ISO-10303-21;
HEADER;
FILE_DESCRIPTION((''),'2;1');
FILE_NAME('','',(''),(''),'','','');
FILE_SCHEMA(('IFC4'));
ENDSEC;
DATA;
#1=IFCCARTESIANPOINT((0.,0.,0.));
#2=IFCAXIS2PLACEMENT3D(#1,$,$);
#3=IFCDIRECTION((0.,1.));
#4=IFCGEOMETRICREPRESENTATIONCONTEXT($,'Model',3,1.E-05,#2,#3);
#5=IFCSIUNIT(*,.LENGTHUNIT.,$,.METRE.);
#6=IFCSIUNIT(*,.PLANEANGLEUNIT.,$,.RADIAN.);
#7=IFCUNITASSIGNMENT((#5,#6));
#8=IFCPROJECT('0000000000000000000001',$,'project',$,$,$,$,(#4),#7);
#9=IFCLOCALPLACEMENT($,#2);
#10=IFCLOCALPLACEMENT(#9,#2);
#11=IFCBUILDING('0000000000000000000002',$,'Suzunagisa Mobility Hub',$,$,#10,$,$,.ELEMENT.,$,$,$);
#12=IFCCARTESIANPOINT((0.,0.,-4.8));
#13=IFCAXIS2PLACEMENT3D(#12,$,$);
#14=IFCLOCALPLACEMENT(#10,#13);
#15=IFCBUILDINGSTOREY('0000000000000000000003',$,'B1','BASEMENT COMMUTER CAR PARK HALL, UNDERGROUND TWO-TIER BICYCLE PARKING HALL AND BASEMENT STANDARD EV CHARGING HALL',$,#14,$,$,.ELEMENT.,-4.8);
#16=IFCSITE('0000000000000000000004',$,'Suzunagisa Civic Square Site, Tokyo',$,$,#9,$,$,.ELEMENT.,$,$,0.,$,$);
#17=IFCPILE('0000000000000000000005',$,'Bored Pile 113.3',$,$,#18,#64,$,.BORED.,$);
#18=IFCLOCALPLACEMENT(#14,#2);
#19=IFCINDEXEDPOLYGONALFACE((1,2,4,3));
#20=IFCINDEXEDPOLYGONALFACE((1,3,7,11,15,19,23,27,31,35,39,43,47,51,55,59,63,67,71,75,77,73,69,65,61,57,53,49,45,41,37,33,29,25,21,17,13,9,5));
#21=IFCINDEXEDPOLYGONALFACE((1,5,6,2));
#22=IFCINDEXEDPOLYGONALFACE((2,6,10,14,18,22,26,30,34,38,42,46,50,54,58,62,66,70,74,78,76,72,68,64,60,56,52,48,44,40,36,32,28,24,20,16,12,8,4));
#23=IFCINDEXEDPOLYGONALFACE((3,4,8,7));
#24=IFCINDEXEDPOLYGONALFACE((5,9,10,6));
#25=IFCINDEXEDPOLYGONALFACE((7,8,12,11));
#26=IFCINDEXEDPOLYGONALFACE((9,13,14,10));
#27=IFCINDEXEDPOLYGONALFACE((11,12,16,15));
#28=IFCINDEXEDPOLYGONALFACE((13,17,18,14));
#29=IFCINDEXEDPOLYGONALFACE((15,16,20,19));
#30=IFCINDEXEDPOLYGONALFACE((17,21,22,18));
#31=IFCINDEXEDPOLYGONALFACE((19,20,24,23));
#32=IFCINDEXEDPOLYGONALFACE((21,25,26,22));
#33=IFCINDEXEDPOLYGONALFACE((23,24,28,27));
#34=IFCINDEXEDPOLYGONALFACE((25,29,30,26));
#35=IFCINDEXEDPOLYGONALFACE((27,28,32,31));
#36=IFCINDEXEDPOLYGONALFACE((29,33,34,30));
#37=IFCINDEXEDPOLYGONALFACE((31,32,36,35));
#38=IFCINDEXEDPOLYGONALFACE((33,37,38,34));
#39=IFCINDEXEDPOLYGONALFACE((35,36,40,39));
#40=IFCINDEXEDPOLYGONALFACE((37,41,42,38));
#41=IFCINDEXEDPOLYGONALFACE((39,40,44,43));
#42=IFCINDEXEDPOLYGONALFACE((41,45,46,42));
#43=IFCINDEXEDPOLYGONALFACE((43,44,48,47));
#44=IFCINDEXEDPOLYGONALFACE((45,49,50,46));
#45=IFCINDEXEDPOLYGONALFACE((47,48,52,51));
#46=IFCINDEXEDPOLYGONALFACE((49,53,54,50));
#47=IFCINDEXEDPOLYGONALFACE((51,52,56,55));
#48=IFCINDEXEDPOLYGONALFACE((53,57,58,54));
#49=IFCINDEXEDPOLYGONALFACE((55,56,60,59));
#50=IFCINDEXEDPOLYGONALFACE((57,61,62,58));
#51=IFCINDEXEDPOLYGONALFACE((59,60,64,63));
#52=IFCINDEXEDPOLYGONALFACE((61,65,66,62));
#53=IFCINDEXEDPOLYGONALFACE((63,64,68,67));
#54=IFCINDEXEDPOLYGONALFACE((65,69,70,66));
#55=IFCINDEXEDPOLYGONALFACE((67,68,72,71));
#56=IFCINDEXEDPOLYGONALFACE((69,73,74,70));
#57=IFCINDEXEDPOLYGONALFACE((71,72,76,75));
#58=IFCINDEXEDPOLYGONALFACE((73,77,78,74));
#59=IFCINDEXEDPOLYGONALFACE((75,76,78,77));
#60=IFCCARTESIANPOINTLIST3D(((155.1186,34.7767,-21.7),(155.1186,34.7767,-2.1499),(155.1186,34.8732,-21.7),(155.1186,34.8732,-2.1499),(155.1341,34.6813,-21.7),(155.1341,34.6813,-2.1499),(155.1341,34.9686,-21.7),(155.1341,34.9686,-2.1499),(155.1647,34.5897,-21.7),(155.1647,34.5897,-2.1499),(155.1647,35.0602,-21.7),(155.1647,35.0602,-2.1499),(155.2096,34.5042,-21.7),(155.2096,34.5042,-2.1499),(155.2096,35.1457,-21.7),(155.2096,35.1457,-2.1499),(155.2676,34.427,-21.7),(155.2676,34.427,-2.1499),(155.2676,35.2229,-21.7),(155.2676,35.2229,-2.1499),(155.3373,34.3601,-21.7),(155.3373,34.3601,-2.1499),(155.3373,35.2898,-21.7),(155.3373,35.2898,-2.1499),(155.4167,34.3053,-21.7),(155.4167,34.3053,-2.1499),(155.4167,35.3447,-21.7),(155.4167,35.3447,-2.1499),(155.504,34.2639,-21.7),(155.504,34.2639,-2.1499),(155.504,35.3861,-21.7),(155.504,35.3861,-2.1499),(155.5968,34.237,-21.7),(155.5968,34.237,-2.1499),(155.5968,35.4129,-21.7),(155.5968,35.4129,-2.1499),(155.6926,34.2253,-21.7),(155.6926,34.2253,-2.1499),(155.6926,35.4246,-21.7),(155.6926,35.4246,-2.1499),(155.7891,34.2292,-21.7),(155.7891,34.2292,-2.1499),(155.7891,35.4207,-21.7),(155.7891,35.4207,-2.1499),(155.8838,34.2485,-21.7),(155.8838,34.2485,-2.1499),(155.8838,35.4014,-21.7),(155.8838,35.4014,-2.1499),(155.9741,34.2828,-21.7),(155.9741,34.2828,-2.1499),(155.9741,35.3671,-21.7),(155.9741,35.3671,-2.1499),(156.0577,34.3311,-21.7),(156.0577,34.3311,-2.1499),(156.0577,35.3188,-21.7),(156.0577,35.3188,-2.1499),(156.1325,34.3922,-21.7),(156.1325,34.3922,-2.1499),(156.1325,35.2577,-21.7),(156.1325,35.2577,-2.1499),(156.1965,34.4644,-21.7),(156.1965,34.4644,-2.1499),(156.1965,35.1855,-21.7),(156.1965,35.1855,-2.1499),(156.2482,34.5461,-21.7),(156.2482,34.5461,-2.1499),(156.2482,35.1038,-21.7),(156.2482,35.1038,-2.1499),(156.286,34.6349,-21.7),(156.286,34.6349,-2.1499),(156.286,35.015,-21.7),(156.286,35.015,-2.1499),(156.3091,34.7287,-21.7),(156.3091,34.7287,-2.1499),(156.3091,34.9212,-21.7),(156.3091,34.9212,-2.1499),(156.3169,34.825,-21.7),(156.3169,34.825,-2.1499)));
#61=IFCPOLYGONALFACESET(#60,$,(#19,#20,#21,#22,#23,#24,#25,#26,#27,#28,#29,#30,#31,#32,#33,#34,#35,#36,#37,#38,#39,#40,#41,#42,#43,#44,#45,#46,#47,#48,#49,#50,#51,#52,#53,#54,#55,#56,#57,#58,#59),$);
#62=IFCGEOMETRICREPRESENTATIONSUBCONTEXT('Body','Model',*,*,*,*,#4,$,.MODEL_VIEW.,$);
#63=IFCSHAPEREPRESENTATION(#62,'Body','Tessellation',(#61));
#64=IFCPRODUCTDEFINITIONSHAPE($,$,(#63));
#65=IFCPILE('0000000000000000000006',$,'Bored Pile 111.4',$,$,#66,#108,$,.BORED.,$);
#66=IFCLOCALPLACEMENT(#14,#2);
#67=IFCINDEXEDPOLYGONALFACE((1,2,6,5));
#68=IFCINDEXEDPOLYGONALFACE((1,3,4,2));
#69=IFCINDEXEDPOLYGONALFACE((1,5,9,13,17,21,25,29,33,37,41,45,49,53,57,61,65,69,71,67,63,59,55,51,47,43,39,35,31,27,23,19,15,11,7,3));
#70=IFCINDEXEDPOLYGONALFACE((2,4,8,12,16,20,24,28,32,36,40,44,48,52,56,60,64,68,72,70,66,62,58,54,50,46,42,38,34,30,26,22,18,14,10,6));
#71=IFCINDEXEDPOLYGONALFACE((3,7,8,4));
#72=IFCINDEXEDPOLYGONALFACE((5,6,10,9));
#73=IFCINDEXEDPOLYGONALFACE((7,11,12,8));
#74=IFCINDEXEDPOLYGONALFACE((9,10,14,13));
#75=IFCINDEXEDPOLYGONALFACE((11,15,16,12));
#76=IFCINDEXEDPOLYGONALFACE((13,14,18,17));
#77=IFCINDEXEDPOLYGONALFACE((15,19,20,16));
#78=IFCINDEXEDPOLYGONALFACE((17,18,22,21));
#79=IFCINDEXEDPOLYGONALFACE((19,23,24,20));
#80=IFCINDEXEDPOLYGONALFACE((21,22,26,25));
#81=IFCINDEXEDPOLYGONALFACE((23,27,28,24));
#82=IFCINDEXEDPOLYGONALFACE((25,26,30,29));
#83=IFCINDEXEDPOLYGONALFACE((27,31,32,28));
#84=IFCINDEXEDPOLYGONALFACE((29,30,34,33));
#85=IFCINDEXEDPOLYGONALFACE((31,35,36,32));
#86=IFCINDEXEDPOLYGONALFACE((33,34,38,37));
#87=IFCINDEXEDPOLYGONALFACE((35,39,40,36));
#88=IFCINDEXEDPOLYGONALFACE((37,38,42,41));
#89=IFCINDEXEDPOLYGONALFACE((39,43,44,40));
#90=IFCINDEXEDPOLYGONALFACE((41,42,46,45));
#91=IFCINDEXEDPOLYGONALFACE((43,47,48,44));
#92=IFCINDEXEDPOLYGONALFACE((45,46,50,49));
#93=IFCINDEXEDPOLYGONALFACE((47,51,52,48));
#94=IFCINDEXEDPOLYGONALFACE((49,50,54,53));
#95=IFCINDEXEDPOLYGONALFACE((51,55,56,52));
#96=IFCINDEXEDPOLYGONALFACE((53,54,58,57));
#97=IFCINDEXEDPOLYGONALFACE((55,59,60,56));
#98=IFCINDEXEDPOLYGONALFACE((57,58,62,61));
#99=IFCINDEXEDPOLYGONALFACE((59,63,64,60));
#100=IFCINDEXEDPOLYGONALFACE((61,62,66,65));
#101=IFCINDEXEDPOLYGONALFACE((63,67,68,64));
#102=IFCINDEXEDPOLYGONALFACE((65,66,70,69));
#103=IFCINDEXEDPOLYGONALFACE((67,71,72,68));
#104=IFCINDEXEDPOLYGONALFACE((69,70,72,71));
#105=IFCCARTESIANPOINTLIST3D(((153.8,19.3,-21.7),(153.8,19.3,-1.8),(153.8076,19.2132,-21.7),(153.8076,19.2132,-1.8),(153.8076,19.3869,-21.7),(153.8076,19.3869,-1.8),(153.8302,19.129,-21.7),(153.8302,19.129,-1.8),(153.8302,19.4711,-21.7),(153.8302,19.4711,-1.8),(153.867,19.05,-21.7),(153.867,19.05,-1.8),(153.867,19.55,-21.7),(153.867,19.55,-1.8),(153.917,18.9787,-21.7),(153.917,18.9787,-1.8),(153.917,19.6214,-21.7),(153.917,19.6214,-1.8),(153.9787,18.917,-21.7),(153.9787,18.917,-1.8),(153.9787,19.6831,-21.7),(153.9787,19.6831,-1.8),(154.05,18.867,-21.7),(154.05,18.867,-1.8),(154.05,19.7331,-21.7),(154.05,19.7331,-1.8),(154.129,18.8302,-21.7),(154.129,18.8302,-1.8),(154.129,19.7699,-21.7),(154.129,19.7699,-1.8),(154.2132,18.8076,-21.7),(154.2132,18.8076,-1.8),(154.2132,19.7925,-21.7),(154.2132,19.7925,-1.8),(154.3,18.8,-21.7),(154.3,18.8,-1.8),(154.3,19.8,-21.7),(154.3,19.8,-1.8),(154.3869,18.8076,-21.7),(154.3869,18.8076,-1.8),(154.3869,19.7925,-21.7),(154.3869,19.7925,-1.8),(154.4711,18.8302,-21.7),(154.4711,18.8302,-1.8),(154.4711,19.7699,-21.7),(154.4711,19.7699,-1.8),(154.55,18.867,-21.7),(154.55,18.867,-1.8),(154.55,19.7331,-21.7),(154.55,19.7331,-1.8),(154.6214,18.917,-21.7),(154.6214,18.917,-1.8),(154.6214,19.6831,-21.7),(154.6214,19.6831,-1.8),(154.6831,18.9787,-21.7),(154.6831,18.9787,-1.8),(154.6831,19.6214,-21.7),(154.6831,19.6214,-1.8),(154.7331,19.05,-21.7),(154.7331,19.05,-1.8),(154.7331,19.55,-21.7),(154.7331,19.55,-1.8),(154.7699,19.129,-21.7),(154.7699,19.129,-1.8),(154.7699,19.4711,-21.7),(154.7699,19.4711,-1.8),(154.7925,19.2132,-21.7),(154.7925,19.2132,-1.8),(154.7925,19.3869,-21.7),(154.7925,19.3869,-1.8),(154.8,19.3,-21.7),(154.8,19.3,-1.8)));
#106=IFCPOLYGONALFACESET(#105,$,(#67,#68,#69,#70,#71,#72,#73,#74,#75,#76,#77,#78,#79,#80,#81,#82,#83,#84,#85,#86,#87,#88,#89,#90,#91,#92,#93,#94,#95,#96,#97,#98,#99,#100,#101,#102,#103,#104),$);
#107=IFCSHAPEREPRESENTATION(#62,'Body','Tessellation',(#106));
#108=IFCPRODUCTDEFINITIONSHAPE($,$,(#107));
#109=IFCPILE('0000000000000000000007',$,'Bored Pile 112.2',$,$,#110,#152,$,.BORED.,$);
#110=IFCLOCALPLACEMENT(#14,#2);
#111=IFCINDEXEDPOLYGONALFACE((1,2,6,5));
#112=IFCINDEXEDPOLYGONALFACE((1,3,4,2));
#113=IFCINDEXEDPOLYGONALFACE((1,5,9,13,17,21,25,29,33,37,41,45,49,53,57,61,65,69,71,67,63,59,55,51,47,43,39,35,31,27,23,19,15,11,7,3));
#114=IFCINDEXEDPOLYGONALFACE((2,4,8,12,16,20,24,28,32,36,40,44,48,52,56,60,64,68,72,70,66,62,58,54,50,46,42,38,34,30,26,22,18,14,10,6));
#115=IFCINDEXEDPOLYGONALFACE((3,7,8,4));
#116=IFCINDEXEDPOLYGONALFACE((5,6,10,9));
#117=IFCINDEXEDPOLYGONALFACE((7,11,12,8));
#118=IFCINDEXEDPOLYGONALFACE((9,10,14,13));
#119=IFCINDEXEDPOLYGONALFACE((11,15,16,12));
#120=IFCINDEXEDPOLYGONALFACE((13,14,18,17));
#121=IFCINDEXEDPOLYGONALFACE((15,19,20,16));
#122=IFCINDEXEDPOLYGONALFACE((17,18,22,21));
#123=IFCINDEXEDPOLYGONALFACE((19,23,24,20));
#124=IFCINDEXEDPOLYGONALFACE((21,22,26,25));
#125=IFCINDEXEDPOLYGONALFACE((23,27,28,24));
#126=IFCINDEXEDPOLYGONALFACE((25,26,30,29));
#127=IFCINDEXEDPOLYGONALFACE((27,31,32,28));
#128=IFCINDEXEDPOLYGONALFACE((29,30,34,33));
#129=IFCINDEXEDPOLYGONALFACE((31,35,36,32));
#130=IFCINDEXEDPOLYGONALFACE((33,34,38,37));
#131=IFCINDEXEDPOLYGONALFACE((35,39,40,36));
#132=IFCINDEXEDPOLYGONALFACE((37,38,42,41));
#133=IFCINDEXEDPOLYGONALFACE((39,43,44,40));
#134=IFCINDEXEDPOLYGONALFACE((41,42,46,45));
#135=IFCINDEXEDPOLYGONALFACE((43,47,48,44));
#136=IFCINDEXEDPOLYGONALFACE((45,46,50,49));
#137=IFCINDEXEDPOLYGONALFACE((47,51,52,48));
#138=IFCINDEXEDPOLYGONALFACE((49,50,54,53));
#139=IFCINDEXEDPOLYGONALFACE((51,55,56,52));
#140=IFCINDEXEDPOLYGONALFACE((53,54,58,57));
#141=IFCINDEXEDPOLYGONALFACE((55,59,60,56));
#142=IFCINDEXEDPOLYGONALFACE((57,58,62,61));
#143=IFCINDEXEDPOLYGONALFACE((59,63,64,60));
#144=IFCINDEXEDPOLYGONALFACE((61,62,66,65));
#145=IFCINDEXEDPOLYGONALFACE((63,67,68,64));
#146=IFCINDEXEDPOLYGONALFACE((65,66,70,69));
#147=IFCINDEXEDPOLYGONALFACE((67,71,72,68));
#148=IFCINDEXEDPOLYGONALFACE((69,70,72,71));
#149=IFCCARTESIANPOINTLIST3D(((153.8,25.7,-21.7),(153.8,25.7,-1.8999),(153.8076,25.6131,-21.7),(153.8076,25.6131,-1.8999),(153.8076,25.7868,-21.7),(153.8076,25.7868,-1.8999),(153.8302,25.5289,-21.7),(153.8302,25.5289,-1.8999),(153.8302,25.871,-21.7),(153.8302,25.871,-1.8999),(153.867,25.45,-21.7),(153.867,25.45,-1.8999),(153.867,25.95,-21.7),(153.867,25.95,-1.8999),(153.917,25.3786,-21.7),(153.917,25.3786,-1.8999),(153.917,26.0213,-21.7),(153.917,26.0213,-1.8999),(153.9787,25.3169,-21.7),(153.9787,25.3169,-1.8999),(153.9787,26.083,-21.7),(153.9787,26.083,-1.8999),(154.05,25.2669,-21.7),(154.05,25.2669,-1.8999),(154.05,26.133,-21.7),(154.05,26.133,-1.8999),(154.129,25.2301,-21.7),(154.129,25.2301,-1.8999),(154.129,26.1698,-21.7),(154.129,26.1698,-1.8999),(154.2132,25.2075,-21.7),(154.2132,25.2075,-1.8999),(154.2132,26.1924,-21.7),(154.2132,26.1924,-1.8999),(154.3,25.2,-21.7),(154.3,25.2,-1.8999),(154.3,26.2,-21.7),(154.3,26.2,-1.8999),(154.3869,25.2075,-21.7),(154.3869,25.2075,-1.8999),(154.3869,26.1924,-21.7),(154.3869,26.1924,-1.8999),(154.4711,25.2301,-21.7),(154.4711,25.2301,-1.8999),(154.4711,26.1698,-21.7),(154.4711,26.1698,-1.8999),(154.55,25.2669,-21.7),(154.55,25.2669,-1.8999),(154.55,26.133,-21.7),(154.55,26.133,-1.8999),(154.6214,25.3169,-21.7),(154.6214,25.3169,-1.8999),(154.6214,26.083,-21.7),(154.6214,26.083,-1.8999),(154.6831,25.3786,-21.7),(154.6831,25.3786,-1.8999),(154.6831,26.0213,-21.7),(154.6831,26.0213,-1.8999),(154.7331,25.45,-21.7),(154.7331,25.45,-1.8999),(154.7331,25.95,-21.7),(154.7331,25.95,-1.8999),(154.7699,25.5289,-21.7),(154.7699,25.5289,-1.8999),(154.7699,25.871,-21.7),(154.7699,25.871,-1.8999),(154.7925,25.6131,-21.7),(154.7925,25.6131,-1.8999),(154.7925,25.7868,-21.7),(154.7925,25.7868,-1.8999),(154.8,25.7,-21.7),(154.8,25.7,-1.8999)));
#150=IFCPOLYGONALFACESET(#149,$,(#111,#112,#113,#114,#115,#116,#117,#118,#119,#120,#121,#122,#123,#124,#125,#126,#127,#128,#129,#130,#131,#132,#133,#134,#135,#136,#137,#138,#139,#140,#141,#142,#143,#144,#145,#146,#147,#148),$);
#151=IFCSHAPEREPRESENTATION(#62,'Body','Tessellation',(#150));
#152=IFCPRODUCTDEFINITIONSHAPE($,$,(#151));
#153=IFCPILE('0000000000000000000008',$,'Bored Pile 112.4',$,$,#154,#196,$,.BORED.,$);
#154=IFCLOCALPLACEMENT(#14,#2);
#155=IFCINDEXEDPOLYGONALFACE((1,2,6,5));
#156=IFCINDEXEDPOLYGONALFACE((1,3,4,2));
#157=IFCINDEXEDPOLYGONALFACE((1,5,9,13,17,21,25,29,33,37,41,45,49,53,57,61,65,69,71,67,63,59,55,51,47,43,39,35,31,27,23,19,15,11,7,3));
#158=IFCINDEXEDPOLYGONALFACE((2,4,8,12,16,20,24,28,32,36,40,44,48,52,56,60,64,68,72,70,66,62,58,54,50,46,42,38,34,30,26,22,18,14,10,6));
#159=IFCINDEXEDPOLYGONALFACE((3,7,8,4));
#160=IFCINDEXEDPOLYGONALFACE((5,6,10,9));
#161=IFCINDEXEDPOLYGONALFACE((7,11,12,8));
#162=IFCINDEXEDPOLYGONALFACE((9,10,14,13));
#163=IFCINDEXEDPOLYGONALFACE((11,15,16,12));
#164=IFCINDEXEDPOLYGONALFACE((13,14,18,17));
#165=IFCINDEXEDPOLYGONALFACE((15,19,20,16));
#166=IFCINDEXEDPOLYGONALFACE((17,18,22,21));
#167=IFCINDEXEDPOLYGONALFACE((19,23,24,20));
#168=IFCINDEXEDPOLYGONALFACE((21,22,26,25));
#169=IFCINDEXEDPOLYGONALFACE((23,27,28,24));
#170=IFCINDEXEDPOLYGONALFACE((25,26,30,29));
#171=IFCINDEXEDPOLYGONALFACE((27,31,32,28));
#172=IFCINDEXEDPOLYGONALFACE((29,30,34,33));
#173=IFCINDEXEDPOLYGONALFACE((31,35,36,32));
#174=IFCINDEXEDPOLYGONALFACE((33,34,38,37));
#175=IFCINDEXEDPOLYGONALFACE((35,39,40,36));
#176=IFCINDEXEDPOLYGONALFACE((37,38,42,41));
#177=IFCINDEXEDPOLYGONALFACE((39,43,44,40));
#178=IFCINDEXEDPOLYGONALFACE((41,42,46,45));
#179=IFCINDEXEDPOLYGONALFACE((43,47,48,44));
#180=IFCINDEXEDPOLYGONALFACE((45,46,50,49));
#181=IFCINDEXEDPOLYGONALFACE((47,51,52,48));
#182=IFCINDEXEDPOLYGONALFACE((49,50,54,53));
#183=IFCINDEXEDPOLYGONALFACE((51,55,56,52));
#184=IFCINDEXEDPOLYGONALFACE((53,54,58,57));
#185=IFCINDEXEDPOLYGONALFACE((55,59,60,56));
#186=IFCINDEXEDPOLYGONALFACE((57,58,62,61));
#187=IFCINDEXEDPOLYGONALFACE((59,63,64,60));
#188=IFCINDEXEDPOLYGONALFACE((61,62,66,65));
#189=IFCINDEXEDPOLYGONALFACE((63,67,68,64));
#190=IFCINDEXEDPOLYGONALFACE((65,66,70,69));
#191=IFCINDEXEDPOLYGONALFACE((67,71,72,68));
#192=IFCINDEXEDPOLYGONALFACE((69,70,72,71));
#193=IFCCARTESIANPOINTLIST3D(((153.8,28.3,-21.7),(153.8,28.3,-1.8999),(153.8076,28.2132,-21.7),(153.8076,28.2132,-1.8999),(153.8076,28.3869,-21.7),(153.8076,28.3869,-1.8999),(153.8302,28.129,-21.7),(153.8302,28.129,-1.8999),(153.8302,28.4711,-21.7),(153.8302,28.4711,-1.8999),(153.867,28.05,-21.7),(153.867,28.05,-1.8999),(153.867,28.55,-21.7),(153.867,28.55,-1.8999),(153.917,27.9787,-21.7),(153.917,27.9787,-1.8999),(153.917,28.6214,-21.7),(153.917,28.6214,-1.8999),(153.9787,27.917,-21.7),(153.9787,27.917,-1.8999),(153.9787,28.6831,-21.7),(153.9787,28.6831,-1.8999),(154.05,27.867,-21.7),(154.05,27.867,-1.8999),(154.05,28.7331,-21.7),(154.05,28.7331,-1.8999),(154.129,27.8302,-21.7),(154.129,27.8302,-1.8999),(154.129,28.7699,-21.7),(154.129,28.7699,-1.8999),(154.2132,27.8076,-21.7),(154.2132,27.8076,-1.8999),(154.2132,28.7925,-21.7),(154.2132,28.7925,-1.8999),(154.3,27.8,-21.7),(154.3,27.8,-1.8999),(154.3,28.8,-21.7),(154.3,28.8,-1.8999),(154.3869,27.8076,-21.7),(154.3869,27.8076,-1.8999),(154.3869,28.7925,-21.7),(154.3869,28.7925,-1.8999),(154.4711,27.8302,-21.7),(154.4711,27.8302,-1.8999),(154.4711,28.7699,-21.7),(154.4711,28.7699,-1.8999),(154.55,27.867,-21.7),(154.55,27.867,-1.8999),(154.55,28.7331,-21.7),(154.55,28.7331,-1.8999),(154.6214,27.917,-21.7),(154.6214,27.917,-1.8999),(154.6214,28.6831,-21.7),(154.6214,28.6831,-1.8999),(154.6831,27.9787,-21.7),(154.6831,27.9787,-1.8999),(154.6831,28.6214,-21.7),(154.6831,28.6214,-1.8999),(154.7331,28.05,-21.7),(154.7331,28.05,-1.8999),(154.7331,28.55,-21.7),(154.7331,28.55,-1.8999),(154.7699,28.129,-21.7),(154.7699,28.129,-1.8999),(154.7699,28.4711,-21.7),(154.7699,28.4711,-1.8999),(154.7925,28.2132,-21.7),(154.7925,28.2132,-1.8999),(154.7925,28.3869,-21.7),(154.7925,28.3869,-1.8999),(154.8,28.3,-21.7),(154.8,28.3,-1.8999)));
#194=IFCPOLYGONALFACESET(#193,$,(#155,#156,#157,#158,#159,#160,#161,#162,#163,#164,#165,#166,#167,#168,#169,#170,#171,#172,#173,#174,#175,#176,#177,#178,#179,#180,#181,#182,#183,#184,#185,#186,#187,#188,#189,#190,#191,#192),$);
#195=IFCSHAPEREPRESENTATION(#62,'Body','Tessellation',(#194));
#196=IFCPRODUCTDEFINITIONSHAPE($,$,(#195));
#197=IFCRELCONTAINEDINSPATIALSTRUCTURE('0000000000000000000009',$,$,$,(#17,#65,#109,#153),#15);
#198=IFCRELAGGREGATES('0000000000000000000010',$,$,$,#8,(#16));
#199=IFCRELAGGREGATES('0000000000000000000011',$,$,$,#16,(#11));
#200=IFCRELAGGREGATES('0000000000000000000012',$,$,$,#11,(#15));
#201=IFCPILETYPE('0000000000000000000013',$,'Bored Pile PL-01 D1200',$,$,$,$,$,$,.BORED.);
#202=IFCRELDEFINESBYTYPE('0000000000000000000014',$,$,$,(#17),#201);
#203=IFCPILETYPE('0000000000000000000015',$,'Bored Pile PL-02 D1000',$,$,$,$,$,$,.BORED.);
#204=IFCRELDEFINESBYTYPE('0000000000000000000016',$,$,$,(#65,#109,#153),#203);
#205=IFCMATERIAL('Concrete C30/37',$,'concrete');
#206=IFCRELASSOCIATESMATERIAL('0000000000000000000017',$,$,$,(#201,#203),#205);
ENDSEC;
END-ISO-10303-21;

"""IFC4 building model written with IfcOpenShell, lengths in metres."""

from ifc_helpers import new_model, si_unit, direction, frame, origin, origin_2d, place, context, subcontext, project, spatial, circle, extrude, material, material_profile, profile_set, type_object, element, save


model = new_model("IFC4")

# Units and contexts
model_context = context("Model", 3, precision=1e-05, world=origin(), true_north=direction((0.0, 1.0)))
body_context = subcontext(model_context, "Body", "Model", "MODEL_VIEW")
ifc_project = project(units=[si_unit("LENGTHUNIT", "METRE"), si_unit("PLANEANGLEUNIT", "RADIAN")], contexts=[model_context])

# Site, building, storey
site_placement = place(None, origin())
site = spatial("IfcSite", under=ifc_project, at=site_placement, Name="Suzunagisa Civic Square Site, Tokyo", CompositionType="ELEMENT", RefElevation=0.0)
building_placement = place(site_placement, origin())
building = spatial("IfcBuilding", under=site, at=building_placement, Name="Suzunagisa Mobility Hub", CompositionType="ELEMENT")
storey_placement = place(building_placement, frame((0.0, 0.0, -4.8)))
storey = spatial("IfcBuildingStorey", under=building, at=storey_placement, Name="B1", Description="BASEMENT COMMUTER CAR PARK HALL, UNDERGROUND TWO-TIER BICYCLE PARKING HALL AND BASEMENT STANDARD EV CHARGING HALL", CompositionType="ELEMENT", Elevation=-4.8)

# Piles
ifc_material_1 = material(Name="Concrete C30/37", Category="concrete")
ifc_material_profile_1 = material_profile(ifc_material_1, circle(Radius=0.6001, at=origin_2d()), Name="BORED PILE D1200")
ifc_profile_set_1 = profile_set([ifc_material_profile_1], Name="Concrete C30/37")
pile_type_1 = type_object("IfcPileType", Name="Bored Pile PL-01 D1200", PredefinedType="BORED", material=ifc_profile_set_1)
pile_1_placement = place(storey_placement, frame((155.7168, 34.825, -2.1499), z_axis=(0.0, 0.0, -1.0), x_axis=(1.0, 0.0, 0.0)))
element("IfcPile", 1, at=pile_1_placement, inside=storey, type_object=pile_type_1, Name="Bored Pile 113.3", PredefinedType="BORED", context=body_context, shape_type="SweptSolid", body=[
    extrude(circle(Radius=0.6001, at=origin_2d()), origin(), (0.0, 0.0, 1.0), 19.55),
])
ifc_material_profile_2 = material_profile(ifc_material_1, circle(Radius=0.5, at=origin_2d()), Name="BORED PILE D1000")
ifc_profile_set_2 = profile_set([ifc_material_profile_2], Name="Concrete C30/37")
pile_type_2 = type_object("IfcPileType", Name="Bored Pile PL-02 D1000", PredefinedType="BORED", material=ifc_profile_set_2)
pile_2_placement = place(storey_placement, frame((154.3, 19.3, -1.8), z_axis=(0.0, 0.0, -1.0), x_axis=(1.0, 0.0, 0.0)))
element("IfcPile", 2, at=pile_2_placement, inside=storey, type_object=pile_type_2, Name="Bored Pile 111.4", PredefinedType="BORED", context=body_context, shape_type="SweptSolid", body=[
    extrude(circle(Radius=0.5, at=origin_2d()), origin(), (0.0, 0.0, 1.0), 19.8999),
])
for number, where, z_axis, x_axis, name in (
    (3, (154.3, 25.7, -1.8999), (0.0, 0.0, -1.0), (1.0, 0.0, 0.0), "Bored Pile 112.2"),
    (4, (154.3, 28.3, -1.8999), (0.0, 0.0, -1.0), (1.0, 0.0, 0.0), "Bored Pile 112.4"),
):
    element("IfcPile", number, at=place(storey_placement, frame(where, z_axis=z_axis, x_axis=x_axis)), inside=storey, type_object=pile_type_2, Name=name, PredefinedType="BORED", context=body_context, shape_type="SweptSolid", body=[
        extrude(circle(Radius=0.5, at=origin_2d()), origin(), (0.0, 0.0, 1.0), 19.8),
    ])

save(model, "model.ifc")
